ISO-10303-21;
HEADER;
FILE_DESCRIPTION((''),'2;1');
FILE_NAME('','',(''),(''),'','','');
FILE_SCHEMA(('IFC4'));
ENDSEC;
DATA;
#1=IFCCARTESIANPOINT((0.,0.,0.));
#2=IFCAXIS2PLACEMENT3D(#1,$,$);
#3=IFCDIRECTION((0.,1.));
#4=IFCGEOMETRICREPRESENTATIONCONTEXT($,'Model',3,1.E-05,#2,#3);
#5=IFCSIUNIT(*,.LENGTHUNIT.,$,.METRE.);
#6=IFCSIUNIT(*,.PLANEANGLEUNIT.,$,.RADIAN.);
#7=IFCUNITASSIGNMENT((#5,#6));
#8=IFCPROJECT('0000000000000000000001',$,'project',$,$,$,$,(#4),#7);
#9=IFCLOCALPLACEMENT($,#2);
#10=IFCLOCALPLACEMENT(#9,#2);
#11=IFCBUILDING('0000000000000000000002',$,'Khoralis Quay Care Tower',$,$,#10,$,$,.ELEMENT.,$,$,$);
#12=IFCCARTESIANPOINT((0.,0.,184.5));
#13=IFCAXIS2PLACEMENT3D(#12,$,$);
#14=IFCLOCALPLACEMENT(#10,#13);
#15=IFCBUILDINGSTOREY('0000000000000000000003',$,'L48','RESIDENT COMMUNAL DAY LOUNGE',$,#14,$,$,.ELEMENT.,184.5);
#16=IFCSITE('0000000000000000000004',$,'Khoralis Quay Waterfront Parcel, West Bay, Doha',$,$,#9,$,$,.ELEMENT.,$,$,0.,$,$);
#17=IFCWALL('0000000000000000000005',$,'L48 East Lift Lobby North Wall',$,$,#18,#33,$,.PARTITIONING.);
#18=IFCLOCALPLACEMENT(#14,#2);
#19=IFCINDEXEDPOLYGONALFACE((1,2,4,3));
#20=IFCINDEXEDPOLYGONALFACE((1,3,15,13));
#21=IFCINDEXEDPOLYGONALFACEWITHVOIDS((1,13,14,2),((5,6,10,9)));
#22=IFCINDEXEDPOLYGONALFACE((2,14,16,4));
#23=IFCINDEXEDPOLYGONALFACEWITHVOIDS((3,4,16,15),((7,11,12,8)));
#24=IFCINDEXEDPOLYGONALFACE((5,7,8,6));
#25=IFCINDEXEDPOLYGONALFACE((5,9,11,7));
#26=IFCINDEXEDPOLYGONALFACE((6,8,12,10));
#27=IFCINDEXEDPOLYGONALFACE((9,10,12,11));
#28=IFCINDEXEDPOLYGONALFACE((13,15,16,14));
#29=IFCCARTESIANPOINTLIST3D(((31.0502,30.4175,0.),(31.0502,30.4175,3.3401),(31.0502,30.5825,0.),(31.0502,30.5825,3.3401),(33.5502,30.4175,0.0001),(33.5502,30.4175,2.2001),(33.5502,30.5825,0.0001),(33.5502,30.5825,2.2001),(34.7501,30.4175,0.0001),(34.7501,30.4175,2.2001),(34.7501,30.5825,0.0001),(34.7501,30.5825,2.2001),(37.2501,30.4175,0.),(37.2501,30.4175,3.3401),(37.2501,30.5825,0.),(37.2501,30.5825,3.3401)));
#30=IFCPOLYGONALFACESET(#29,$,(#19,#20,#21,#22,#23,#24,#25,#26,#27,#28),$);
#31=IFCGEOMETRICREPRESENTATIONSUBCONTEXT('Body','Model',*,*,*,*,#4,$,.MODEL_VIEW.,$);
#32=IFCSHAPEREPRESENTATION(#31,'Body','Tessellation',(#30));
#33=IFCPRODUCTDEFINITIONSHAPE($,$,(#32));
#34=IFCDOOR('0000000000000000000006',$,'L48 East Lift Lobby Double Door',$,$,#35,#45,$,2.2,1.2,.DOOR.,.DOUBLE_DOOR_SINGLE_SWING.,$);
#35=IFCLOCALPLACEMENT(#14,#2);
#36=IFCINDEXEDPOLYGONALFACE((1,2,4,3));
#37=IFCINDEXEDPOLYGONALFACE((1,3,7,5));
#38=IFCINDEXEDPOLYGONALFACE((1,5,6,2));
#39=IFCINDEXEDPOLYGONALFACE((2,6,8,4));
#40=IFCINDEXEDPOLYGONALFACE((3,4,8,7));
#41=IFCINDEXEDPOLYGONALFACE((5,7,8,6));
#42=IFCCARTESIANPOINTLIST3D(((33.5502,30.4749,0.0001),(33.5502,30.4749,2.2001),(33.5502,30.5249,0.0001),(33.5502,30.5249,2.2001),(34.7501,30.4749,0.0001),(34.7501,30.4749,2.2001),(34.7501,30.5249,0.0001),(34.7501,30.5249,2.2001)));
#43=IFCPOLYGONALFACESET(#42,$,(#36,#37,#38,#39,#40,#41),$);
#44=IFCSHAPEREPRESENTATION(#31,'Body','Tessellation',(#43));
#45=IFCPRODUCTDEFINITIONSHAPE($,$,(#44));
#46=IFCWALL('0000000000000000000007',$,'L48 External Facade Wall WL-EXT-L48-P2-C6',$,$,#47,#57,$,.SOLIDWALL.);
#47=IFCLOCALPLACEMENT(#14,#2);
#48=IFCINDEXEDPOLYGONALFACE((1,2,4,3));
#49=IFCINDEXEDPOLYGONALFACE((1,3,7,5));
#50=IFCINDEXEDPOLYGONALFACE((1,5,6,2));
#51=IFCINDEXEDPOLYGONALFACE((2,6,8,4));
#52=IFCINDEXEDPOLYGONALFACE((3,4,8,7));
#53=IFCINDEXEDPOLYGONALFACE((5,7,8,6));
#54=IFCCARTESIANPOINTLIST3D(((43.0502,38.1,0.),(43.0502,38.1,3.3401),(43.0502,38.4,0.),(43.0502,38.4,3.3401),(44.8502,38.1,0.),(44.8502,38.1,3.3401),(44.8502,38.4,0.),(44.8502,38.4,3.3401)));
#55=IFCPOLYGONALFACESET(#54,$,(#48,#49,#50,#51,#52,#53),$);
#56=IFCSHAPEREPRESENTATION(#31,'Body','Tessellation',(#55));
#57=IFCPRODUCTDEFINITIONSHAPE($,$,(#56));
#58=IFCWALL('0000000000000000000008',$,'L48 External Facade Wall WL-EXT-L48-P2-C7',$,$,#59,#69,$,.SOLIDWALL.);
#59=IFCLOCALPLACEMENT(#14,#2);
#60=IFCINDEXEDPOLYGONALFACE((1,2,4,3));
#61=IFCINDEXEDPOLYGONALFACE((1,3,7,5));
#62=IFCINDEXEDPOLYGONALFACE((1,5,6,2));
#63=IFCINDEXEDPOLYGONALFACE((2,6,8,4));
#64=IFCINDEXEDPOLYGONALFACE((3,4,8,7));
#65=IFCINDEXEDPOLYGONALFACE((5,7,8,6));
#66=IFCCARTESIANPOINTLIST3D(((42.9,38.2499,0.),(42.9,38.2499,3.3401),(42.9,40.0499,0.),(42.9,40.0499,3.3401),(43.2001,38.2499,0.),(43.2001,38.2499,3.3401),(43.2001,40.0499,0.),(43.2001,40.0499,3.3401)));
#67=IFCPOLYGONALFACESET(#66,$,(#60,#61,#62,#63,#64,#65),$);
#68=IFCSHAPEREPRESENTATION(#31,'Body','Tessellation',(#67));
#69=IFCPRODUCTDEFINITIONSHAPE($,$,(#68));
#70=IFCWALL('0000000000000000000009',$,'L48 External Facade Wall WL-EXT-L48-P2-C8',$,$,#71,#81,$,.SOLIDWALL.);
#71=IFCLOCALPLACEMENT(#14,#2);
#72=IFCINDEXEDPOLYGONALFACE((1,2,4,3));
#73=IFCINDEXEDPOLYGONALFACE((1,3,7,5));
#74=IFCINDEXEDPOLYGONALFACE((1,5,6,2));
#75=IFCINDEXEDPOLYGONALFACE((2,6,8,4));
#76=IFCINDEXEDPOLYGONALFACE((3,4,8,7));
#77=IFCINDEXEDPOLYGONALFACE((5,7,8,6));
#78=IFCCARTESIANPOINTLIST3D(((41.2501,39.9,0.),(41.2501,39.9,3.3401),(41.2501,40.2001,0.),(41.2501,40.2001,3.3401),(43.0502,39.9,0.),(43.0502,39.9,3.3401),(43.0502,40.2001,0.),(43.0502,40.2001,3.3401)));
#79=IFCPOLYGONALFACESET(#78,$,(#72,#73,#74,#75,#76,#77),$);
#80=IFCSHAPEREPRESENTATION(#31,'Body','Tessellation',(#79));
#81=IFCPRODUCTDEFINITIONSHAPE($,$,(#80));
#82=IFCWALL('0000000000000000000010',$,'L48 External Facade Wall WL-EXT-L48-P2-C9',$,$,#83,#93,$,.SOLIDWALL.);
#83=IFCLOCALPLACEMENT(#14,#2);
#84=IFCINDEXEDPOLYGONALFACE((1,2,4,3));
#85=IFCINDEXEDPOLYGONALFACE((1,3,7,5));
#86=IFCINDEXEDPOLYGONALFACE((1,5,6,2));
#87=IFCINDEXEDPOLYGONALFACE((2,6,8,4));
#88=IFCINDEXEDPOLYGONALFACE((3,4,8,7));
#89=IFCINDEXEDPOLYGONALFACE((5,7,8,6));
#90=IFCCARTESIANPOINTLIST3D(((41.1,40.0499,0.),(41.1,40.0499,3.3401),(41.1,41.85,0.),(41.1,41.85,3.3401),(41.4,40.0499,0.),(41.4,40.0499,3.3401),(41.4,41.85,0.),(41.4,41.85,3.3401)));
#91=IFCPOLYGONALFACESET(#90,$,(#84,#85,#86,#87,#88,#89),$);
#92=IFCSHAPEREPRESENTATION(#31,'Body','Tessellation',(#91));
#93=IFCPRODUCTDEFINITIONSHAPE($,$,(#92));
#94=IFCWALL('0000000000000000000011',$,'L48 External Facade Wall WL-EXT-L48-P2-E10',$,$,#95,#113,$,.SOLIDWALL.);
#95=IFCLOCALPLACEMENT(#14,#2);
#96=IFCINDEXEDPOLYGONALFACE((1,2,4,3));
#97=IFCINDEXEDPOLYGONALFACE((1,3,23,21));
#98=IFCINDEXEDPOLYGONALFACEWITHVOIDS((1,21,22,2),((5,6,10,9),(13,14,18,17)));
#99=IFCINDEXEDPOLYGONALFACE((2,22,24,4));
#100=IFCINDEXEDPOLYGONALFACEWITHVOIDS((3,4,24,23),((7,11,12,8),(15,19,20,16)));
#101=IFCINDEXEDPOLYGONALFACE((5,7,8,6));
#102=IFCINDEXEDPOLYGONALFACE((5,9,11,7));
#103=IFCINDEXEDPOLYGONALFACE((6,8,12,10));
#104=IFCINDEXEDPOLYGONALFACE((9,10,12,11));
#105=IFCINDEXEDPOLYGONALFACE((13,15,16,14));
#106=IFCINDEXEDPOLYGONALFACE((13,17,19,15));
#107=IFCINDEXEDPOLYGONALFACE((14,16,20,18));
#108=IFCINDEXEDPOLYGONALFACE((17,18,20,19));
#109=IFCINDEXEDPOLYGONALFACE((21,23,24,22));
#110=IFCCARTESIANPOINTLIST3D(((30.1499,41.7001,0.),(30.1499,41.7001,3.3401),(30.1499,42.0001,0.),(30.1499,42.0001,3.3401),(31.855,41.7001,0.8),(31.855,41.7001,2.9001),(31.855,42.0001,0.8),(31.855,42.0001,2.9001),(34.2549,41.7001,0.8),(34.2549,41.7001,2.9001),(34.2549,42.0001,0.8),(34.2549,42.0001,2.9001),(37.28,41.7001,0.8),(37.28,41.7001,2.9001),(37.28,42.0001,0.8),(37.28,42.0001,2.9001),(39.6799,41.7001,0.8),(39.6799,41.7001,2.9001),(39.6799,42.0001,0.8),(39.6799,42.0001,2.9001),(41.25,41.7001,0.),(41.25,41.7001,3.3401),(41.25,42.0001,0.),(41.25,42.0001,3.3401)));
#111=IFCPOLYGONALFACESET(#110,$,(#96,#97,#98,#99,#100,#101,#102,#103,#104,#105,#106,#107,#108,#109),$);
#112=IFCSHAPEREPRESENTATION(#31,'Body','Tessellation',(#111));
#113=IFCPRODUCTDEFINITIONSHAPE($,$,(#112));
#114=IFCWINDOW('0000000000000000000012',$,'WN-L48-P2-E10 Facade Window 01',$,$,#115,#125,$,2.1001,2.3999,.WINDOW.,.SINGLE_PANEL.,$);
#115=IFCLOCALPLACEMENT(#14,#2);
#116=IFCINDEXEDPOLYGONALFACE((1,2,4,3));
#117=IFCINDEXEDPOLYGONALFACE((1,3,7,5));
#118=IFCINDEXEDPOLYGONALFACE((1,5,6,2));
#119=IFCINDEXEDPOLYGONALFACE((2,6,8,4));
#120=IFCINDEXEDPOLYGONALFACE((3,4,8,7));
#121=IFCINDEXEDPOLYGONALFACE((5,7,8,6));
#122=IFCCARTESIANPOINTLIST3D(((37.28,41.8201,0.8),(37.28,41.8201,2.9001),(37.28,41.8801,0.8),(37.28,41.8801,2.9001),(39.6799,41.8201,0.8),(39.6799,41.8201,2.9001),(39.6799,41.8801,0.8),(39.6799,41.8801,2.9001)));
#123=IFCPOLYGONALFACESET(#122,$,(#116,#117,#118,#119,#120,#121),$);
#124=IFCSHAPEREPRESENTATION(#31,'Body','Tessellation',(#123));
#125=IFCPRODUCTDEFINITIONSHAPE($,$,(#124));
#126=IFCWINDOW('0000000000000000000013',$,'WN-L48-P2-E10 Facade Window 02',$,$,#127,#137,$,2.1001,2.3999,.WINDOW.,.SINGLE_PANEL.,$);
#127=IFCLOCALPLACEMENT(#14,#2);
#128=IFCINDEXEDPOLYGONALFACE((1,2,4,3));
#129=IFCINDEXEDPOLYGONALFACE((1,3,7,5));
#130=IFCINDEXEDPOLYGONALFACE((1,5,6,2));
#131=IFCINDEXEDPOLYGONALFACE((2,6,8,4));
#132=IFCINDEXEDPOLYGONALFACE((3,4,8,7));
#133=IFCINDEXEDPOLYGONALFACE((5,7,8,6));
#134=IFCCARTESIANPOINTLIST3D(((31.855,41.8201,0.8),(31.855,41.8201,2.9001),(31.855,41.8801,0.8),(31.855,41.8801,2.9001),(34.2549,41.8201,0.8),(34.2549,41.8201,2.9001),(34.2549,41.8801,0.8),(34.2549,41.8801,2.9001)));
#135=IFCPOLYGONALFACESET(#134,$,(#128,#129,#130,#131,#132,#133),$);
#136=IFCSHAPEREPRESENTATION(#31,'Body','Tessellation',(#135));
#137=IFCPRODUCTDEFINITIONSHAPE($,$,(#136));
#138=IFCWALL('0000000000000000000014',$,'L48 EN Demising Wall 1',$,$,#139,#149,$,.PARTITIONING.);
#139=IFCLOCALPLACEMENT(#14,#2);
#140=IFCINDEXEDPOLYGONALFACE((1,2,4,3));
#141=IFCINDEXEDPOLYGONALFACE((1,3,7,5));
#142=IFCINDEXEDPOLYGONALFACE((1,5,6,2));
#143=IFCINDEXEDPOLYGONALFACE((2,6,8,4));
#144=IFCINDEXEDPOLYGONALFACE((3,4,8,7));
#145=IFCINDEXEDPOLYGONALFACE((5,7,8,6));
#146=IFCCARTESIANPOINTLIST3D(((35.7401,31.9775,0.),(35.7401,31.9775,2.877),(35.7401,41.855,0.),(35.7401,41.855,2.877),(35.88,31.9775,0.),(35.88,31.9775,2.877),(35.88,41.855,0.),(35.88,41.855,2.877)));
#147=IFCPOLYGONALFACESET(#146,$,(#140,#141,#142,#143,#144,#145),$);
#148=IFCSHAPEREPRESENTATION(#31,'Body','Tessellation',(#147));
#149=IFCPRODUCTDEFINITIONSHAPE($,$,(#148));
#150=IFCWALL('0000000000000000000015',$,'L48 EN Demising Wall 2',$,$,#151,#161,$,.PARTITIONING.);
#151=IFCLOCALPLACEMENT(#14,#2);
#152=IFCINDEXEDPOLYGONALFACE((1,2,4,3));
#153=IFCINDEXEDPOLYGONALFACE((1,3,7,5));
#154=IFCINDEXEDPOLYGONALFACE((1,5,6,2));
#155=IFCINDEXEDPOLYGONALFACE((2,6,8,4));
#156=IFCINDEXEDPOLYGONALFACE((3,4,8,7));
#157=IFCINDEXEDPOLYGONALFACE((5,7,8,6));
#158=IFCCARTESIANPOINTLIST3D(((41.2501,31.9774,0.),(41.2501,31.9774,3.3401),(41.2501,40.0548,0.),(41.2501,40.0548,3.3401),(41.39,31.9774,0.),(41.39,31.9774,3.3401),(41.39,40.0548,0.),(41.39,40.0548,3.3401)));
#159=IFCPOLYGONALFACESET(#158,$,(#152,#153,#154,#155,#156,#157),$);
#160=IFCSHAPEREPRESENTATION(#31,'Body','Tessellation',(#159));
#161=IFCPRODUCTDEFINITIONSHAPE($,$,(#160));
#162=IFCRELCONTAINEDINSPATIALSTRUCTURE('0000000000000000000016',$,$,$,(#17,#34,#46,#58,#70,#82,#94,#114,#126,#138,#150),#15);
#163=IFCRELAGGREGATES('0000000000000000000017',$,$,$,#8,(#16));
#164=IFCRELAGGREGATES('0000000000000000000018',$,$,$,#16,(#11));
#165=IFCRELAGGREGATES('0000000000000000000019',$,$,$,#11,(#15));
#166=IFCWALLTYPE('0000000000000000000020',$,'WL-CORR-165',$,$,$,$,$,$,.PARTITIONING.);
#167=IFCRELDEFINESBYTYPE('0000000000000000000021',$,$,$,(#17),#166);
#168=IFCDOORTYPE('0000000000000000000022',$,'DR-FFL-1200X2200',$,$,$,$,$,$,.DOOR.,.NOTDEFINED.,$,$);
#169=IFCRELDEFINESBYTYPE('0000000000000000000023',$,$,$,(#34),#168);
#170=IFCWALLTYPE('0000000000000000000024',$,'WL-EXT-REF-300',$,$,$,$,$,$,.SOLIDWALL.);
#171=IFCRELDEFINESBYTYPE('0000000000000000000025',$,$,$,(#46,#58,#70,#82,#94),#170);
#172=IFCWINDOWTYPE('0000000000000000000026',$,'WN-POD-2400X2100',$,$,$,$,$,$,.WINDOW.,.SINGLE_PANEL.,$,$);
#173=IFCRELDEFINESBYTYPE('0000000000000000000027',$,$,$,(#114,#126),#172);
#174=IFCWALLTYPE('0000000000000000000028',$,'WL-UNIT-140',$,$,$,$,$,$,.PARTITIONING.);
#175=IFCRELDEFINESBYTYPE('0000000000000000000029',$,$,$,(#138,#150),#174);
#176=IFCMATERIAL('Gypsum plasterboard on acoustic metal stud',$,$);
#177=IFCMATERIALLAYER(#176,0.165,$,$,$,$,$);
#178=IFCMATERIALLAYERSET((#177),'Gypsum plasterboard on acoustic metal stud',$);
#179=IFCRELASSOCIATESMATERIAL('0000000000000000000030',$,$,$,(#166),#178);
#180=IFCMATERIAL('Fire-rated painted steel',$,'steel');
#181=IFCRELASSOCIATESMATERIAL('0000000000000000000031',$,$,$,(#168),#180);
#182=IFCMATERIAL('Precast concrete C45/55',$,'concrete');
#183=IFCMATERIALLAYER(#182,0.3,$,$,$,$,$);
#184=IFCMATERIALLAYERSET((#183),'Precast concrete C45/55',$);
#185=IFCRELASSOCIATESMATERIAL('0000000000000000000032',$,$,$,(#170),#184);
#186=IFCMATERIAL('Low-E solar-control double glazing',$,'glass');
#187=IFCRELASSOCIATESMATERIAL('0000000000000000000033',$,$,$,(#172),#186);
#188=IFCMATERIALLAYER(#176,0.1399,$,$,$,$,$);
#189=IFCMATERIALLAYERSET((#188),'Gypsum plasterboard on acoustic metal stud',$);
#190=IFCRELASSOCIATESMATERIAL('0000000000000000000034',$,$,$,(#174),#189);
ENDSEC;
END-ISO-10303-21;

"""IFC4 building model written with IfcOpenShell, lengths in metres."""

from ifc_helpers import new_model, si_unit, direction, frame, frame_2d, origin, place, context, subcontext, project, spatial, rectangle, extrude, source, transform, mapped, material, layer, layer_set, type_object, element, fill, save


model = new_model("IFC4")

# Units and contexts
model_context = context("Model", 3, precision=1e-05, world=origin(), true_north=direction((0.0, 1.0)))
body_context = subcontext(model_context, "Body", "Model", "MODEL_VIEW")
ifc_project = project(units=[si_unit("LENGTHUNIT", "METRE"), si_unit("PLANEANGLEUNIT", "RADIAN")], contexts=[model_context])

# Site, building, storey
site_placement = place(None, origin())
site = spatial("IfcSite", under=ifc_project, at=site_placement, Name="Khoralis Quay Waterfront Parcel, West Bay, Doha", CompositionType="ELEMENT", RefElevation=0.0)
building_placement = place(site_placement, origin())
building = spatial("IfcBuilding", under=site, at=building_placement, Name="Khoralis Quay Care Tower", CompositionType="ELEMENT")
storey_placement = place(building_placement, frame((0.0, 0.0, 184.5)))
storey = spatial("IfcBuildingStorey", under=building, at=storey_placement, Name="L48", Description="RESIDENT COMMUNAL DAY LOUNGE", CompositionType="ELEMENT", Elevation=184.5)

# Wall, opening, door
ifc_material_1 = material(Name="Gypsum plasterboard on acoustic metal stud")
ifc_layer_1 = layer(ifc_material_1, 0.165)
ifc_layer_set_1 = layer_set([ifc_layer_1], Name="Gypsum plasterboard on acoustic metal stud")
wall_type_1 = type_object("IfcWallType", Name="WL-CORR-165", PredefinedType="PARTITIONING", material=ifc_layer_set_1)
wall_1_placement = place(storey_placement, frame((31.05, 30.5, 0.0), z_axis=(0.0, 0.0, 1.0), x_axis=(1.0, 0.0, 0.0)))
wall_1 = element("IfcWall", 1, at=wall_1_placement, inside=storey, type_object=wall_type_1, Name="L48 East Lift Lobby North Wall", PredefinedType="PARTITIONING", context=body_context, shape_type="SweptSolid", body=[
    extrude(rectangle(XDim=6.2, YDim=0.165, at=frame_2d((3.1001, 0.0))), origin(), (0.0, 0.0, 1.0), 3.3401),
])
opening_1_placement = place(wall_1_placement, frame((2.5, 0.0, 0.0)))
opening_1 = element("IfcOpeningElement", 2, at=opening_1_placement, cuts=wall_1, PredefinedType="OPENING", context=body_context, shape_type="SweptSolid", body=[
    extrude(rectangle(XDim=1.2, YDim=2.2, at=frame_2d((0.6001, 1.1001))), frame((0.0, 0.0925, 0.0), z_axis=(0.0, -1.0, 0.0), x_axis=(1.0, 0.0, 0.0)), (0.0, 0.0, 1.0), 0.1851),
])
ifc_material_2 = material(Name="Fire-rated painted steel", Category="steel")
door_type = type_object("IfcDoorType", Name="DR-FFL-1200X2200", OperationType="NOTDEFINED", PredefinedType="DOOR", material=ifc_material_2)
shared_shape_1 = source(origin(), body_context, "Body", "SweptSolid", [
    extrude(rectangle(XDim=1.2, YDim=2.2, at=frame_2d((0.6001, 1.1001))), frame((0.0, 0.0249, 0.0), z_axis=(0.0, -1.0, 0.0), x_axis=(1.0, 0.0, 0.0)), (0.0, 0.0, 1.0), 0.05),
])
door_placement = place(opening_1_placement, origin())
door = element("IfcDoor", 3, at=door_placement, inside=storey, type_object=door_type, Name="L48 East Lift Lobby Double Door", OperationType="DOUBLE_DOOR_SINGLE_SWING", OverallHeight=2.2, OverallWidth=1.2, PredefinedType="DOOR", context=body_context, shape_type="MappedRepresentation", body=[
    mapped(shared_shape_1, transform((0.0, 0.0, 0.0), scale=1.0)),
])
fill(opening_1, door)

# Walls
ifc_material_3 = material(Name="Precast concrete C45/55", Category="concrete")
ifc_layer_2 = layer(ifc_material_3, 0.3)
ifc_layer_set_2 = layer_set([ifc_layer_2], Name="Precast concrete C45/55")
wall_type_2 = type_object("IfcWallType", Name="WL-EXT-REF-300", PredefinedType="SOLIDWALL", material=ifc_layer_set_2)
for number, where, z_axis, x_axis, name in (
    (4, (44.8501, 38.25, 0.0), (0.0, 0.0, 1.0), (-1.0, 0.0, 0.0), "L48 External Facade Wall WL-EXT-L48-P2-C6"),
    (5, (43.05, 38.25, 0.0), (0.0, 0.0, 1.0), (0.0, 1.0, 0.0), "L48 External Facade Wall WL-EXT-L48-P2-C7"),
    (6, (43.05, 40.05, 0.0), (0.0, 0.0, 1.0), (-1.0, 0.0, 0.0), "L48 External Facade Wall WL-EXT-L48-P2-C8"),
    (7, (41.25, 40.05, 0.0), (0.0, 0.0, 1.0), (0.0, 1.0, 0.0), "L48 External Facade Wall WL-EXT-L48-P2-C9"),
):
    element("IfcWall", number, at=place(storey_placement, frame(where, z_axis=z_axis, x_axis=x_axis)), inside=storey, type_object=wall_type_2, Name=name, PredefinedType="SOLIDWALL", context=body_context, shape_type="SweptSolid", body=[
        extrude(rectangle(XDim=1.8, YDim=0.3, at=frame_2d((0.8999, 0.0))), origin(), (0.0, 0.0, 1.0), 3.3401),
    ])

# Wall, openings, windows
wall_2_placement = place(storey_placement, frame((41.25, 41.8501, 0.0), z_axis=(0.0, 0.0, 1.0), x_axis=(-1.0, 0.0, 0.0)))
wall_2 = element("IfcWall", 8, at=wall_2_placement, inside=storey, type_object=wall_type_2, Name="L48 External Facade Wall WL-EXT-L48-P2-E10", PredefinedType="SOLIDWALL", context=body_context, shape_type="SweptSolid", body=[
    extrude(rectangle(XDim=11.1001, YDim=0.3, at=frame_2d((5.55, 0.0))), origin(), (0.0, 0.0, 1.0), 3.3401),
])
opening_2_placement = place(wall_2_placement, frame((1.5701, 0.0, 0.8)))
opening_2 = element("IfcOpeningElement", 9, at=opening_2_placement, cuts=wall_2, PredefinedType="OPENING", context=body_context, shape_type="SweptSolid", body=[
    extrude(rectangle(XDim=2.3999, YDim=2.1001, at=frame_2d((1.2, 1.05))), frame((0.0, 0.1602, 0.0), z_axis=(0.0, -1.0, 0.0), x_axis=(1.0, 0.0, 0.0)), (0.0, 0.0, 1.0), 0.3201),
])
opening_3_placement = place(wall_2_placement, frame((6.9951, 0.0, 0.8)))
opening_3 = element("IfcOpeningElement", 10, at=opening_3_placement, cuts=wall_2, PredefinedType="OPENING", context=body_context, shape_type="SweptSolid", body=[
    extrude(rectangle(XDim=2.3999, YDim=2.1001, at=frame_2d((1.2, 1.05))), frame((0.0, 0.1602, 0.0), z_axis=(0.0, -1.0, 0.0), x_axis=(1.0, 0.0, 0.0)), (0.0, 0.0, 1.0), 0.3201),
])
ifc_material_4 = material(Name="Low-E solar-control double glazing", Category="glass")
window_type = type_object("IfcWindowType", Name="WN-POD-2400X2100", PartitioningType="SINGLE_PANEL", PredefinedType="WINDOW", material=ifc_material_4)
shared_shape_2 = source(origin(), body_context, "Body", "SweptSolid", [
    extrude(rectangle(XDim=2.3999, YDim=2.1001, at=frame_2d((1.2, 1.05))), frame((0.0, 0.03, 0.0), z_axis=(0.0, -1.0, 0.0), x_axis=(1.0, 0.0, 0.0)), (0.0, 0.0, 1.0), 0.0601),
])
window_1_placement = place(opening_2_placement, origin())
window_1 = element("IfcWindow", 11, at=window_1_placement, inside=storey, type_object=window_type, Name="WN-L48-P2-E10 Facade Window 01", OverallHeight=2.1001, OverallWidth=2.3999, PartitioningType="SINGLE_PANEL", PredefinedType="WINDOW", context=body_context, shape_type="MappedRepresentation", body=[
    mapped(shared_shape_2, transform((0.0, 0.0, 0.0), scale=1.0)),
])
fill(opening_2, window_1)
window_2_placement = place(opening_3_placement, origin())
window_2 = element("IfcWindow", 12, at=window_2_placement, inside=storey, type_object=window_type, Name="WN-L48-P2-E10 Facade Window 02", OverallHeight=2.1001, OverallWidth=2.3999, PartitioningType="SINGLE_PANEL", PredefinedType="WINDOW", context=body_context, shape_type="MappedRepresentation", body=[
    mapped(shared_shape_2, transform((0.0, 0.0, 0.0), scale=1.0)),
])
fill(opening_3, window_2)

# Walls
ifc_layer_3 = layer(ifc_material_1, 0.1399)
ifc_layer_set_3 = layer_set([ifc_layer_3], Name="Gypsum plasterboard on acoustic metal stud")
wall_type_3 = type_object("IfcWallType", Name="WL-UNIT-140", PredefinedType="PARTITIONING", material=ifc_layer_set_3)
wall_3_placement = place(storey_placement, frame((35.8101, 31.9775, 0.0), z_axis=(0.0, 0.0, 1.0), x_axis=(0.0, 1.0, 0.0)))
element("IfcWall", 13, at=wall_3_placement, inside=storey, type_object=wall_type_3, Name="L48 EN Demising Wall 1", PredefinedType="PARTITIONING", context=body_context, shape_type="SweptSolid", body=[
    extrude(rectangle(XDim=9.8774, YDim=0.1399, at=frame_2d((4.9387, 0.0))), origin(), (0.0, 0.0, 1.0), 2.877),
])
wall_4_placement = place(storey_placement, frame((41.3201, 31.9775, 0.0), z_axis=(0.0, 0.0, 1.0), x_axis=(0.0, 1.0, 0.0)))
element("IfcWall", 14, at=wall_4_placement, inside=storey, type_object=wall_type_3, Name="L48 EN Demising Wall 2", PredefinedType="PARTITIONING", context=body_context, shape_type="SweptSolid", body=[
    extrude(rectangle(XDim=8.0774, YDim=0.1399, at=frame_2d((4.0386, 0.0))), origin(), (0.0, 0.0, 1.0), 3.3401),
])

save(model, "model.ifc")
